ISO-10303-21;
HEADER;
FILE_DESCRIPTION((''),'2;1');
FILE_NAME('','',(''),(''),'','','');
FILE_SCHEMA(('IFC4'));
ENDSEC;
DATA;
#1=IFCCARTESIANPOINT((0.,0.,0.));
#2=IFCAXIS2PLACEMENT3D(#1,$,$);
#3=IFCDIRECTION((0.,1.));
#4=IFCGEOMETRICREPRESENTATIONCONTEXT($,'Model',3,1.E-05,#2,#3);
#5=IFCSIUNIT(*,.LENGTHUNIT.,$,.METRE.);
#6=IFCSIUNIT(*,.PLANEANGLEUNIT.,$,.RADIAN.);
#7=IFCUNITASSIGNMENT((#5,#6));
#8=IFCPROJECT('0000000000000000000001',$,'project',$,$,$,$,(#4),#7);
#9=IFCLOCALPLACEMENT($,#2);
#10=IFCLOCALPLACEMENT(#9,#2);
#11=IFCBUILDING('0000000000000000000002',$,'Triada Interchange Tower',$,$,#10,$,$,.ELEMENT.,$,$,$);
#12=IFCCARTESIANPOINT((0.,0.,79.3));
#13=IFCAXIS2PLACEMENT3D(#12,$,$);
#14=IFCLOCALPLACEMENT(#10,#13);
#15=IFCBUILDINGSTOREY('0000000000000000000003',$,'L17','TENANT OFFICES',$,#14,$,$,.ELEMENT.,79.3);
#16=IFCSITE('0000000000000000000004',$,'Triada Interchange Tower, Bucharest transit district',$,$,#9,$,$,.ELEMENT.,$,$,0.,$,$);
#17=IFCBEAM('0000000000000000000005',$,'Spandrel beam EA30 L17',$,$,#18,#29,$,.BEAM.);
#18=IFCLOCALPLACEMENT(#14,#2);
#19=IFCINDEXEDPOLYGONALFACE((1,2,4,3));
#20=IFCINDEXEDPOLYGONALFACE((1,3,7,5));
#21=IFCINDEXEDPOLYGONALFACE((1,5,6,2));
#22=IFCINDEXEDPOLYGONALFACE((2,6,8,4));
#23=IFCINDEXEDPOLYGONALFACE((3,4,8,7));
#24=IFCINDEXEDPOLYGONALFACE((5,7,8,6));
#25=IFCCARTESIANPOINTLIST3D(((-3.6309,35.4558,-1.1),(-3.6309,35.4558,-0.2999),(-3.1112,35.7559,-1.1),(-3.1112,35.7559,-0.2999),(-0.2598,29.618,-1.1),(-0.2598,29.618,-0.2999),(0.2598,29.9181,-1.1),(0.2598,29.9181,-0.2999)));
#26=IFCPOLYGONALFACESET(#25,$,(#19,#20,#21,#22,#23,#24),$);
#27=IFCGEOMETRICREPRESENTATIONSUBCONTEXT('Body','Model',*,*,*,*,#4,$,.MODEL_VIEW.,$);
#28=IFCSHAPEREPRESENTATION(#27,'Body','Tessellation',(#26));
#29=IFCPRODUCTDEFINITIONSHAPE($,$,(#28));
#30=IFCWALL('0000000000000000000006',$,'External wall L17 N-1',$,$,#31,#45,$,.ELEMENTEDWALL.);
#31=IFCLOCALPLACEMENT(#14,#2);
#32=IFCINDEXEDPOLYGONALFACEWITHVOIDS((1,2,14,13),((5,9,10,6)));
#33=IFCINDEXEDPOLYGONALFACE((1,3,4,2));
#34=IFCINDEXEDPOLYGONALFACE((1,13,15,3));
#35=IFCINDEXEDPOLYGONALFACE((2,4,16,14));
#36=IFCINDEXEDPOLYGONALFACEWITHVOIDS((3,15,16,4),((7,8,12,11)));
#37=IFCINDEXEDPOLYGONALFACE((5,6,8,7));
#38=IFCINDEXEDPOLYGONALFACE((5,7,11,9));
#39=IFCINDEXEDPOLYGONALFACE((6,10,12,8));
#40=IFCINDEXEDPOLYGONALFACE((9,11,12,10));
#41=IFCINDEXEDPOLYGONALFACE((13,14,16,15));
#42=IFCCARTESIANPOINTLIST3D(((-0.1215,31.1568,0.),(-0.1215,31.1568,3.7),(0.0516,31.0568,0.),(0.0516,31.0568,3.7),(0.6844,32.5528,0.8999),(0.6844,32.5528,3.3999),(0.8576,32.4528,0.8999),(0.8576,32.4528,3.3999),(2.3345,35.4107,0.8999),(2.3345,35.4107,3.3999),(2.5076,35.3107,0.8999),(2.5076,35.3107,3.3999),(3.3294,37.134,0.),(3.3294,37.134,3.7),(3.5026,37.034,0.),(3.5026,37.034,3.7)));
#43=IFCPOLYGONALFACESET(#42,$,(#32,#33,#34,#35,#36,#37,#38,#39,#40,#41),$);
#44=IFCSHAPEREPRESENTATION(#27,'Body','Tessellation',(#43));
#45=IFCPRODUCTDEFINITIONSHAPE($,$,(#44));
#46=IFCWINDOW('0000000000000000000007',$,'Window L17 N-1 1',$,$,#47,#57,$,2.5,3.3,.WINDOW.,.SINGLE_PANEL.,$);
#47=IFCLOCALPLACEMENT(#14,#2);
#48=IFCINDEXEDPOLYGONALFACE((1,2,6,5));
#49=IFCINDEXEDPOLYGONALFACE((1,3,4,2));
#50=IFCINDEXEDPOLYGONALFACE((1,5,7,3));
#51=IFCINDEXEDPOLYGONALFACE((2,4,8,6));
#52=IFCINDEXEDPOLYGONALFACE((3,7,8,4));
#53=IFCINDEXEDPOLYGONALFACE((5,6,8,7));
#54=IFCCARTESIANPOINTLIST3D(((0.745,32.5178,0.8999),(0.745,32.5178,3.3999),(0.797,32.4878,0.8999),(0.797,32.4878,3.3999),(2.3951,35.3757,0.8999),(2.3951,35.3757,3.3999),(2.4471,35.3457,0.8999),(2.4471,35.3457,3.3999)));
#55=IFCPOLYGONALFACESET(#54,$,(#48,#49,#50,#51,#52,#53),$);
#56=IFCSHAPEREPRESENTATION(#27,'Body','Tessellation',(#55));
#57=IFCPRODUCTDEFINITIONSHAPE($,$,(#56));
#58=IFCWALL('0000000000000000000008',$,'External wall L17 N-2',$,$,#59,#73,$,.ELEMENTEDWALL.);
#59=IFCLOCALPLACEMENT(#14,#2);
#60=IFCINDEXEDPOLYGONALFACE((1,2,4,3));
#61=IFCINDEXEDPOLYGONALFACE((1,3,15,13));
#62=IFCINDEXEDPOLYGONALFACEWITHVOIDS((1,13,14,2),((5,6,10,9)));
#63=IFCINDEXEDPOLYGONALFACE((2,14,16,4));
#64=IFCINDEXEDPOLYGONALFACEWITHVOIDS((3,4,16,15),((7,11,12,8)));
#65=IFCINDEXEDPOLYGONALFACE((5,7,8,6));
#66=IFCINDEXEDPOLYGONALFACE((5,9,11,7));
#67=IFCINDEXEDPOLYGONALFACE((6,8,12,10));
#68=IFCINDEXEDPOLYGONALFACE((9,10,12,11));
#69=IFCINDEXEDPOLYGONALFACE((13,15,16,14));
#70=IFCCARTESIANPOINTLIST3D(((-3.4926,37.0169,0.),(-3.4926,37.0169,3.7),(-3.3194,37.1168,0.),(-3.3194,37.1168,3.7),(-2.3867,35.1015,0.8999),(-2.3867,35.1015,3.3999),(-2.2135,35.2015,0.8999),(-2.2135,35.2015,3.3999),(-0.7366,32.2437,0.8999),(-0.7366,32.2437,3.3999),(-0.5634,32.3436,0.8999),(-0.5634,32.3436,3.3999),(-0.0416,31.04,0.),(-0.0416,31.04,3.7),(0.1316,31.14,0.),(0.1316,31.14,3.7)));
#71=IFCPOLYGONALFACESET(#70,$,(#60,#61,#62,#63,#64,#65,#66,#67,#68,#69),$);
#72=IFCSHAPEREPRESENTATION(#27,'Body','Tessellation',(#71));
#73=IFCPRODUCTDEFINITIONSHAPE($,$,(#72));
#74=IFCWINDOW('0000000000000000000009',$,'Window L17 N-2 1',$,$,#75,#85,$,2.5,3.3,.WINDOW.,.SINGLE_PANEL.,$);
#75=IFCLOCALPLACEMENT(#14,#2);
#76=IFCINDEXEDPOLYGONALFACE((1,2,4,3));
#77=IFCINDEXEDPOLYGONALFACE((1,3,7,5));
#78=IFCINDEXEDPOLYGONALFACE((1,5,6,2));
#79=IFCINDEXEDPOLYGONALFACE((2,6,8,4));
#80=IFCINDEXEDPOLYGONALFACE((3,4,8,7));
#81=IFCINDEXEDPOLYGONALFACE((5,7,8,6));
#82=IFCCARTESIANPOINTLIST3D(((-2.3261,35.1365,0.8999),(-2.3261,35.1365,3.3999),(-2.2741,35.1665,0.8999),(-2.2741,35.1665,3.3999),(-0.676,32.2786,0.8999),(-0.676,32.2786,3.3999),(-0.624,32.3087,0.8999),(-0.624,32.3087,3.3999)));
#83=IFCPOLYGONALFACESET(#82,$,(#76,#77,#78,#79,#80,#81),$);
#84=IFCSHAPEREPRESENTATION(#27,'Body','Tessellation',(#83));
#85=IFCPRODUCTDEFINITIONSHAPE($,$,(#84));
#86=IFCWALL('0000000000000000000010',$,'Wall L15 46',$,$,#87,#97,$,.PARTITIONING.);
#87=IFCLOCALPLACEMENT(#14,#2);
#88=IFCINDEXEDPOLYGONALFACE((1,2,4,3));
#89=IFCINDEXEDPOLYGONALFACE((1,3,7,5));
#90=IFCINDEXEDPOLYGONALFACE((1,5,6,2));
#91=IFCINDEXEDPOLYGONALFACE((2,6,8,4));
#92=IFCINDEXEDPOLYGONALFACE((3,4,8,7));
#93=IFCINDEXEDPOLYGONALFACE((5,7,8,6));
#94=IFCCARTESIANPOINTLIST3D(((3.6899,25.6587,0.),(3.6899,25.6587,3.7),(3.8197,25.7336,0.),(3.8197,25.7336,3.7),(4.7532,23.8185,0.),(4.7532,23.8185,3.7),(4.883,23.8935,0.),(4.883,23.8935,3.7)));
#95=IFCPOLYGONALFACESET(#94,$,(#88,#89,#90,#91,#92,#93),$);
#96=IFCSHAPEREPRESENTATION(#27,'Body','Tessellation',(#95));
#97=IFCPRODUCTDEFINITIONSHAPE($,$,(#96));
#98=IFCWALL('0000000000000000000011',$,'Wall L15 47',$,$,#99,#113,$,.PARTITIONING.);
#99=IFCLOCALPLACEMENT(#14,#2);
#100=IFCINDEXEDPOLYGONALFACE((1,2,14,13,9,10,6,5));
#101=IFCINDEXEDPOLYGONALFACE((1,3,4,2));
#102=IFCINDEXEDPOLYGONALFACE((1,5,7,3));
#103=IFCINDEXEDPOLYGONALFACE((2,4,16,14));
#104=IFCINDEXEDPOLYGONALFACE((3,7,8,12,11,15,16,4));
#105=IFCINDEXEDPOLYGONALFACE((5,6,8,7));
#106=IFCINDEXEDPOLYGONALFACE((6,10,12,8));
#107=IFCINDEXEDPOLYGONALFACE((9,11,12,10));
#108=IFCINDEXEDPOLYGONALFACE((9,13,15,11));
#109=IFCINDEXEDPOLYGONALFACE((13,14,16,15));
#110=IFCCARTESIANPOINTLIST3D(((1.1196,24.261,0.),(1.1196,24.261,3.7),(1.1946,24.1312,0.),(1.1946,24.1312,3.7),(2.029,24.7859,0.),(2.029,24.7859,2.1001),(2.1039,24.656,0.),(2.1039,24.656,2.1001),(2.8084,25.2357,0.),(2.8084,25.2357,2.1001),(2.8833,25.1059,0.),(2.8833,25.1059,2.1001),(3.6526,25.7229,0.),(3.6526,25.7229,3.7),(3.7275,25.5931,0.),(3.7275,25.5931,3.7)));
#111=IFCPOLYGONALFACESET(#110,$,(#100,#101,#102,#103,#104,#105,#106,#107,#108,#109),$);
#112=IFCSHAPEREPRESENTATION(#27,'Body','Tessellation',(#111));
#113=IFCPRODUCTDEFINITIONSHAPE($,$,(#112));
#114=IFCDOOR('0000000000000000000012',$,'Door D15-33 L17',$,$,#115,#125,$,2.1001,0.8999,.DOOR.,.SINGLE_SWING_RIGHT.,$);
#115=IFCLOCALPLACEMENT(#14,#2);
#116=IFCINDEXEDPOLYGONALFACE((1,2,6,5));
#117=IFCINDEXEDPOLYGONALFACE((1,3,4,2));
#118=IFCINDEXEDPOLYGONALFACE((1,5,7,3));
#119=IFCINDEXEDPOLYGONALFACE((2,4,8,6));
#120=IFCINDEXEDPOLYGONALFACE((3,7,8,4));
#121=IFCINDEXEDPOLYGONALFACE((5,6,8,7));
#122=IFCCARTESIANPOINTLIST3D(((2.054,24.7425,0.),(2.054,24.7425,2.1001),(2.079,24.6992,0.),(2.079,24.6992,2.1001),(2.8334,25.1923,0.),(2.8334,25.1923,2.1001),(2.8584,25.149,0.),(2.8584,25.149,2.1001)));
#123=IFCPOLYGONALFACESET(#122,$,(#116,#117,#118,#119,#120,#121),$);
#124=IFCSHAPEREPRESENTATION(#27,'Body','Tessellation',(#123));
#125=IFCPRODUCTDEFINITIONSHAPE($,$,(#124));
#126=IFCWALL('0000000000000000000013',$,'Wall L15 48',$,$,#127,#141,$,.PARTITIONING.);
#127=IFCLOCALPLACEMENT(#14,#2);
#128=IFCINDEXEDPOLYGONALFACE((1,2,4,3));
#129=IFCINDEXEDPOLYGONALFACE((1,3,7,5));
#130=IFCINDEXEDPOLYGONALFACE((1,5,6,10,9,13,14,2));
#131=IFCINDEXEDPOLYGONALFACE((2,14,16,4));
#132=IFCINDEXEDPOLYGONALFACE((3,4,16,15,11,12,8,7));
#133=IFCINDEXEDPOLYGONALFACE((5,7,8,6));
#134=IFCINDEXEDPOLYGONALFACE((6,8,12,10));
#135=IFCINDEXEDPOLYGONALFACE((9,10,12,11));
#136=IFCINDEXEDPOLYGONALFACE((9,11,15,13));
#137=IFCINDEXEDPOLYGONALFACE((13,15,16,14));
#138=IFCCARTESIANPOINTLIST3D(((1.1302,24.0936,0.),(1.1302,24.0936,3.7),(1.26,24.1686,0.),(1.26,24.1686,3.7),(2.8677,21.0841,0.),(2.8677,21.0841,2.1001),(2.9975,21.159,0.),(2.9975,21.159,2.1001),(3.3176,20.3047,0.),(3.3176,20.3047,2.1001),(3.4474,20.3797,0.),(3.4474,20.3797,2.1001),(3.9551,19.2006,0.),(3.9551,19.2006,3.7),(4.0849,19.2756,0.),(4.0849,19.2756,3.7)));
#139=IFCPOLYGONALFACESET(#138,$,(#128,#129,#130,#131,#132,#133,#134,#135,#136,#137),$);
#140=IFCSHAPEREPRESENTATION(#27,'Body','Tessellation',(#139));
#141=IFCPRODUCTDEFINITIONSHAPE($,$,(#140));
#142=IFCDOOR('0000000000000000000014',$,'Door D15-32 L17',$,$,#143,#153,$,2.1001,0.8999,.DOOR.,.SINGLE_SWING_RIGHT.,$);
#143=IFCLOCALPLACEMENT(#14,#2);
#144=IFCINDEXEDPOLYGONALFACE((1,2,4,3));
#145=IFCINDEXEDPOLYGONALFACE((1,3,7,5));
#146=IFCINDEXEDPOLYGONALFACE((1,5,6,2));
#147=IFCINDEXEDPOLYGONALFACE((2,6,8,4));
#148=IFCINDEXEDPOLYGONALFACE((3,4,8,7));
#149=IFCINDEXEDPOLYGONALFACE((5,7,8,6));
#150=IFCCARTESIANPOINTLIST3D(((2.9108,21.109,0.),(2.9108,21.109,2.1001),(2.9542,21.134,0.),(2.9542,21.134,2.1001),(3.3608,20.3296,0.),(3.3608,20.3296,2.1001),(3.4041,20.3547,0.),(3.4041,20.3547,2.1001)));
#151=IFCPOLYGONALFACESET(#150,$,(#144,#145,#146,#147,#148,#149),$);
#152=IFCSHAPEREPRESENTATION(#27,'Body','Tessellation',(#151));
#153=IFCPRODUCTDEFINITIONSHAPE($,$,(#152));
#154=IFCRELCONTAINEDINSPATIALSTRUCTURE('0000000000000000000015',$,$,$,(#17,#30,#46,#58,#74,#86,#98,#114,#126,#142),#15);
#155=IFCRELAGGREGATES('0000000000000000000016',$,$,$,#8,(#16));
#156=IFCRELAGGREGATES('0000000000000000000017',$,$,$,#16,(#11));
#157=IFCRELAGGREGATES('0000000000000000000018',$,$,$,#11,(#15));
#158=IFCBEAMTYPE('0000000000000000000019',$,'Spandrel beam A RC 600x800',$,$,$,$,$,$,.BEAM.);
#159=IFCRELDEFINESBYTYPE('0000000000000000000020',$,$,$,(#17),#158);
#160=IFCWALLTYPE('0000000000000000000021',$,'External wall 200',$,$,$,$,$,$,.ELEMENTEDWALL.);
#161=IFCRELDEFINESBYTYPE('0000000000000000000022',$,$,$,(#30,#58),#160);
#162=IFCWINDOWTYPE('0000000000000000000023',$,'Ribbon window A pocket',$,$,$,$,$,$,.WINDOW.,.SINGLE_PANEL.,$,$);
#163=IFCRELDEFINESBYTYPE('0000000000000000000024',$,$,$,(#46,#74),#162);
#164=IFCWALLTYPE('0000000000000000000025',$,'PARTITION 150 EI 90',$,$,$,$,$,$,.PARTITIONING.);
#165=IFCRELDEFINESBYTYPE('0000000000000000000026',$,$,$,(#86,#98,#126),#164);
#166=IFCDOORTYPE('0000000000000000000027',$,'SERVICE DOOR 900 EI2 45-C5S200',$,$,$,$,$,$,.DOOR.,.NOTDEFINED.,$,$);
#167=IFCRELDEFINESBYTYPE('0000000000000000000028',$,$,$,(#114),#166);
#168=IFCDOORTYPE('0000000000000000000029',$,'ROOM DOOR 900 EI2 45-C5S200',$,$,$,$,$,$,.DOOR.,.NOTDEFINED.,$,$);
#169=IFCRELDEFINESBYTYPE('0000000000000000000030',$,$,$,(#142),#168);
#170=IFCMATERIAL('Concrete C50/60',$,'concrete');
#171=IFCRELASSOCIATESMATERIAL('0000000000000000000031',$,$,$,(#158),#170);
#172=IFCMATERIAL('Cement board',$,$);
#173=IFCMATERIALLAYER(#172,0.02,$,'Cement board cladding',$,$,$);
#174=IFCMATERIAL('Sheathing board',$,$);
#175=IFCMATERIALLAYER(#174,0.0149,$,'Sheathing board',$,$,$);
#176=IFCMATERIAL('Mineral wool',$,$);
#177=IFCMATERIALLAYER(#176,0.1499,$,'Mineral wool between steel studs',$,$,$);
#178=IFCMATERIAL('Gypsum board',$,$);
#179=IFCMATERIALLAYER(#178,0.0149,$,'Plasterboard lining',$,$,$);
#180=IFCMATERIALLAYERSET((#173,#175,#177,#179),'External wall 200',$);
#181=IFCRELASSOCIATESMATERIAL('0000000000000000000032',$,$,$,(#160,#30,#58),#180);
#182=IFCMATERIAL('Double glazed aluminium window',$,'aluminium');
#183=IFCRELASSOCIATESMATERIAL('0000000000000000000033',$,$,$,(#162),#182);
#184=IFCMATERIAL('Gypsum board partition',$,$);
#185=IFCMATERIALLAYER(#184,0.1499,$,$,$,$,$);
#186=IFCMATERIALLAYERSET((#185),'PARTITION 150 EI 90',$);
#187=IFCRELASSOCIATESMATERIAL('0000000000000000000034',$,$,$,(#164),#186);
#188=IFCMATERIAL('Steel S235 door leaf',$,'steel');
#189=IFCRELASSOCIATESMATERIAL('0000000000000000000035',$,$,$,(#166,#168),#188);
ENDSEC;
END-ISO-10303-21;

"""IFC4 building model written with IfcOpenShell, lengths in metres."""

from ifc_helpers import new_model, si_unit, direction, frame, frame_2d, origin, origin_2d, place, context, subcontext, project, spatial, rectangle, extrude, material, layer, layer_set, layer_usage, material_profile, profile_set, type_object, element, fill, save


model = new_model("IFC4")

# Units and contexts
model_context = context("Model", 3, precision=1e-05, world=origin(), true_north=direction((0.0, 1.0)))
body_context = subcontext(model_context, "Body", "Model", "MODEL_VIEW")
ifc_project = project(units=[si_unit("LENGTHUNIT", "METRE"), si_unit("PLANEANGLEUNIT", "RADIAN")], contexts=[model_context])

# Site, building, storey
site_placement = place(None, origin())
site = spatial("IfcSite", under=ifc_project, at=site_placement, Name="Triada Interchange Tower, Bucharest transit district", CompositionType="ELEMENT", RefElevation=0.0)
building_placement = place(site_placement, origin())
building = spatial("IfcBuilding", under=site, at=building_placement, Name="Triada Interchange Tower", CompositionType="ELEMENT")
storey_placement = place(building_placement, frame((0.0, 0.0, 79.3)))
storey = spatial("IfcBuildingStorey", under=building, at=storey_placement, Name="L17", Description="TENANT OFFICES", CompositionType="ELEMENT", Elevation=79.3)

# Beam
ifc_material_1 = material(Name="Concrete C50/60", Category="concrete")
ifc_material_profile_1 = material_profile(ifc_material_1, rectangle(XDim=0.6001, YDim=0.8, at=origin_2d()), Name="RC 600x800")
ifc_profile_set_1 = profile_set([ifc_material_profile_1], Name="Concrete C50/60")
beam_type_1 = type_object("IfcBeamType", Name="Spandrel beam A RC 600x800", PredefinedType="BEAM", material=ifc_profile_set_1)
for number, where, z_axis, x_axis, name in (
    (1, (0.0, 29.7681, -0.7), (-0.500065, 0.865988, 0.0), (-0.865988, -0.500065, 0.0), "Spandrel beam EA30 L17"),
):
    element("IfcBeam", number, at=place(storey_placement, frame(where, z_axis=z_axis, x_axis=x_axis)), inside=storey, type_object=beam_type_1, Name=name, PredefinedType="BEAM", context=body_context, shape_type="SweptSolid", body=[
        extrude(rectangle(XDim=0.6001, YDim=0.8, at=origin_2d()), origin(), (0.0, 0.0, 1.0), 6.7412),
    ])

# Walls, openings, windows
ifc_material_2 = material(Name="Cement board")
ifc_layer_1 = layer(ifc_material_2, 0.02, Name="Cement board cladding")
ifc_material_3 = material(Name="Sheathing board")
ifc_layer_2 = layer(ifc_material_3, 0.0149, Name="Sheathing board")
ifc_material_4 = material(Name="Mineral wool")
ifc_layer_3 = layer(ifc_material_4, 0.1499, Name="Mineral wool between steel studs")
ifc_material_5 = material(Name="Gypsum board")
ifc_layer_4 = layer(ifc_material_5, 0.0149, Name="Plasterboard lining")
ifc_layer_set_1 = layer_set([ifc_layer_1, ifc_layer_2, ifc_layer_3, ifc_layer_4], Name="External wall 200")
ifc_layer_usage = layer_usage(ifc_layer_set_1, "AXIS2", "POSITIVE", -0.1001)
wall_type_1 = type_object("IfcWallType", Name="External wall 200", PredefinedType="ELEMENTEDWALL", material=ifc_layer_set_1)
wall_1_placement = place(storey_placement, frame((3.416, 37.084, 0.0), z_axis=(0.0, 0.0, 1.0), x_axis=(-0.500008, -0.866021, 0.0)))
wall_1 = element("IfcWall", 2, at=wall_1_placement, inside=storey, type_object=wall_type_1, material=ifc_layer_usage, Name="External wall L17 N-1", PredefinedType="ELEMENTEDWALL", context=body_context, shape_type="SweptSolid", body=[
    extrude(rectangle(XDim=6.9019, YDim=0.2, at=frame_2d((3.4509, 0.0))), origin(), (0.0, 0.0, 1.0), 3.7),
])
opening_1_placement = place(wall_1_placement, frame((1.99, 0.0, 0.8999)))
opening_1 = element("IfcOpeningElement", 3, at=opening_1_placement, cuts=wall_1, PredefinedType="OPENING", context=body_context, shape_type="SweptSolid", body=[
    extrude(rectangle(XDim=3.3, YDim=2.5, at=frame_2d((1.6499, 1.25))), frame((0.0, 0.1099, 0.0), z_axis=(0.0, -1.0, 0.0), x_axis=(1.0, 0.0, 0.0)), (0.0, 0.0, 1.0), 0.22),
])
ifc_material_6 = material(Name="Double glazed aluminium window", Category="aluminium")
window_type = type_object("IfcWindowType", Name="Ribbon window A pocket", PartitioningType="SINGLE_PANEL", PredefinedType="WINDOW", material=ifc_material_6)
window_1_placement = place(opening_1_placement, origin())
window_1 = element("IfcWindow", 4, at=window_1_placement, inside=storey, type_object=window_type, Name="Window L17 N-1 1", OverallHeight=2.5, OverallWidth=3.3, PartitioningType="SINGLE_PANEL", PredefinedType="WINDOW", context=body_context, shape_type="SweptSolid", body=[
    extrude(rectangle(XDim=3.3, YDim=2.5, at=frame_2d((1.6499, 1.25))), frame((0.0, 0.03, 0.0), z_axis=(0.0, -1.0, 0.0), x_axis=(1.0, 0.0, 0.0)), (0.0, 0.0, 1.0), 0.0601),
])
fill(opening_1, window_1)
wall_2_placement = place(storey_placement, frame((0.0449, 31.0901, 0.0), z_axis=(0.0, 0.0, 1.0), x_axis=(-0.500024, 0.866012, 0.0)))
wall_2 = element("IfcWall", 5, at=wall_2_placement, inside=storey, type_object=wall_type_1, material=ifc_layer_usage, Name="External wall L17 N-2", PredefinedType="ELEMENTEDWALL", context=body_context, shape_type="SweptSolid", body=[
    extrude(rectangle(XDim=6.9016, YDim=0.2, at=frame_2d((3.4507, 0.0))), origin(), (0.0, 0.0, 1.0), 3.7),
])
opening_2_placement = place(wall_2_placement, frame((1.3899, 0.0, 0.8999)))
opening_2 = element("IfcOpeningElement", 6, at=opening_2_placement, cuts=wall_2, PredefinedType="OPENING", context=body_context, shape_type="SweptSolid", body=[
    extrude(rectangle(XDim=3.3, YDim=2.5, at=frame_2d((1.6499, 1.25))), frame((0.0, 0.1099, 0.0), z_axis=(0.0, -1.0, 0.0), x_axis=(1.0, 0.0, 0.0)), (0.0, 0.0, 1.0), 0.22),
])
window_2_placement = place(opening_2_placement, origin())
window_2 = element("IfcWindow", 7, at=window_2_placement, inside=storey, type_object=window_type, Name="Window L17 N-2 1", OverallHeight=2.5, OverallWidth=3.3, PartitioningType="SINGLE_PANEL", PredefinedType="WINDOW", context=body_context, shape_type="SweptSolid", body=[
    extrude(rectangle(XDim=3.3, YDim=2.5, at=frame_2d((1.6499, 1.25))), frame((0.0, 0.03, 0.0), z_axis=(0.0, -1.0, 0.0), x_axis=(1.0, 0.0, 0.0)), (0.0, 0.0, 1.0), 0.0601),
])
fill(opening_2, window_2)

# Wall
ifc_material_7 = material(Name="Gypsum board partition")
ifc_layer_5 = layer(ifc_material_7, 0.1499)
ifc_layer_set_2 = layer_set([ifc_layer_5], Name="PARTITION 150 EI 90")
wall_type_2 = type_object("IfcWallType", Name="PARTITION 150 EI 90", PredefinedType="PARTITIONING", material=ifc_layer_set_2)
wall_3_placement = place(storey_placement, frame((3.7549, 25.696, 0.0), z_axis=(0.0, 0.0, 1.0), x_axis=(0.500302, -0.865851, 0.0)))
element("IfcWall", 8, at=wall_3_placement, inside=storey, type_object=wall_type_2, Name="Wall L15 46", PredefinedType="PARTITIONING", context=body_context, shape_type="SweptSolid", body=[
    extrude(rectangle(XDim=2.1252, YDim=0.1499, at=frame_2d((1.0625, 0.0))), origin(), (0.0, 0.0, 1.0), 3.7),
])

# Walls, openings, doors
wall_4_placement = place(storey_placement, frame((1.157, 24.196, 0.0), z_axis=(0.0, 0.0, 1.0), x_axis=(0.866098, 0.499874, 0.0)))
wall_4 = element("IfcWall", 9, at=wall_4_placement, inside=storey, type_object=wall_type_2, Name="Wall L15 47", PredefinedType="PARTITIONING", context=body_context, shape_type="SweptSolid", body=[
    extrude(rectangle(XDim=2.9246, YDim=0.1499, at=frame_2d((1.4624, 0.0))), origin(), (0.0, 0.0, 1.0), 3.7),
])
opening_3_placement = place(wall_4_placement, frame((1.05, 0.0, 0.0)))
opening_3 = element("IfcOpeningElement", 10, at=opening_3_placement, cuts=wall_4, PredefinedType="OPENING", context=body_context, shape_type="SweptSolid", body=[
    extrude(rectangle(XDim=0.8999, YDim=2.1001, at=frame_2d((0.45, 1.05))), frame((0.0, 0.085, 0.0), z_axis=(0.0, -1.0, 0.0), x_axis=(1.0, 0.0, 0.0)), (0.0, 0.0, 1.0), 0.1699),
])
ifc_material_8 = material(Name="Steel S235 door leaf", Category="steel")
door_type_1 = type_object("IfcDoorType", Name="SERVICE DOOR 900 EI2 45-C5S200", OperationType="NOTDEFINED", PredefinedType="DOOR", material=ifc_material_8)
door_1_placement = place(opening_3_placement, origin())
door_1 = element("IfcDoor", 11, at=door_1_placement, inside=storey, type_object=door_type_1, Name="Door D15-33 L17", OperationType="SINGLE_SWING_RIGHT", OverallHeight=2.1001, OverallWidth=0.8999, PredefinedType="DOOR", context=body_context, shape_type="SweptSolid", body=[
    extrude(rectangle(XDim=0.8999, YDim=2.1001, at=frame_2d((0.45, 1.05))), frame((0.0, 0.0249, 0.0), z_axis=(0.0, -1.0, 0.0), x_axis=(1.0, 0.0, 0.0)), (0.0, 0.0, 1.0), 0.05),
])
fill(opening_3, door_1)
wall_5_placement = place(storey_placement, frame((1.1951, 24.1311, 0.0), z_axis=(0.0, 0.0, 1.0), x_axis=(0.499992, -0.86603, 0.0)))
wall_5 = element("IfcWall", 12, at=wall_5_placement, inside=storey, type_object=wall_type_2, Name="Wall L15 48", PredefinedType="PARTITIONING", context=body_context, shape_type="SweptSolid", body=[
    extrude(rectangle(XDim=5.6499, YDim=0.1499, at=frame_2d((2.825, 0.0))), origin(), (0.0, 0.0, 1.0), 3.7),
])
opening_4_placement = place(wall_5_placement, frame((3.4751, 0.0, 0.0)))
opening_4 = element("IfcOpeningElement", 13, at=opening_4_placement, cuts=wall_5, PredefinedType="OPENING", context=body_context, shape_type="SweptSolid", body=[
    extrude(rectangle(XDim=0.8999, YDim=2.1001, at=frame_2d((0.45, 1.05))), frame((0.0, 0.085, 0.0), z_axis=(0.0, -1.0, 0.0), x_axis=(1.0, 0.0, 0.0)), (0.0, 0.0, 1.0), 0.1699),
])
door_type_2 = type_object("IfcDoorType", Name="ROOM DOOR 900 EI2 45-C5S200", OperationType="NOTDEFINED", PredefinedType="DOOR", material=ifc_material_8)
door_2_placement = place(opening_4_placement, origin())
door_2 = element("IfcDoor", 14, at=door_2_placement, inside=storey, type_object=door_type_2, Name="Door D15-32 L17", OperationType="SINGLE_SWING_RIGHT", OverallHeight=2.1001, OverallWidth=0.8999, PredefinedType="DOOR", context=body_context, shape_type="SweptSolid", body=[
    extrude(rectangle(XDim=0.8999, YDim=2.1001, at=frame_2d((0.45, 1.05))), frame((0.0, 0.0249, 0.0), z_axis=(0.0, -1.0, 0.0), x_axis=(1.0, 0.0, 0.0)), (0.0, 0.0, 1.0), 0.05),
])
fill(opening_4, door_2)

save(model, "model.ifc")
